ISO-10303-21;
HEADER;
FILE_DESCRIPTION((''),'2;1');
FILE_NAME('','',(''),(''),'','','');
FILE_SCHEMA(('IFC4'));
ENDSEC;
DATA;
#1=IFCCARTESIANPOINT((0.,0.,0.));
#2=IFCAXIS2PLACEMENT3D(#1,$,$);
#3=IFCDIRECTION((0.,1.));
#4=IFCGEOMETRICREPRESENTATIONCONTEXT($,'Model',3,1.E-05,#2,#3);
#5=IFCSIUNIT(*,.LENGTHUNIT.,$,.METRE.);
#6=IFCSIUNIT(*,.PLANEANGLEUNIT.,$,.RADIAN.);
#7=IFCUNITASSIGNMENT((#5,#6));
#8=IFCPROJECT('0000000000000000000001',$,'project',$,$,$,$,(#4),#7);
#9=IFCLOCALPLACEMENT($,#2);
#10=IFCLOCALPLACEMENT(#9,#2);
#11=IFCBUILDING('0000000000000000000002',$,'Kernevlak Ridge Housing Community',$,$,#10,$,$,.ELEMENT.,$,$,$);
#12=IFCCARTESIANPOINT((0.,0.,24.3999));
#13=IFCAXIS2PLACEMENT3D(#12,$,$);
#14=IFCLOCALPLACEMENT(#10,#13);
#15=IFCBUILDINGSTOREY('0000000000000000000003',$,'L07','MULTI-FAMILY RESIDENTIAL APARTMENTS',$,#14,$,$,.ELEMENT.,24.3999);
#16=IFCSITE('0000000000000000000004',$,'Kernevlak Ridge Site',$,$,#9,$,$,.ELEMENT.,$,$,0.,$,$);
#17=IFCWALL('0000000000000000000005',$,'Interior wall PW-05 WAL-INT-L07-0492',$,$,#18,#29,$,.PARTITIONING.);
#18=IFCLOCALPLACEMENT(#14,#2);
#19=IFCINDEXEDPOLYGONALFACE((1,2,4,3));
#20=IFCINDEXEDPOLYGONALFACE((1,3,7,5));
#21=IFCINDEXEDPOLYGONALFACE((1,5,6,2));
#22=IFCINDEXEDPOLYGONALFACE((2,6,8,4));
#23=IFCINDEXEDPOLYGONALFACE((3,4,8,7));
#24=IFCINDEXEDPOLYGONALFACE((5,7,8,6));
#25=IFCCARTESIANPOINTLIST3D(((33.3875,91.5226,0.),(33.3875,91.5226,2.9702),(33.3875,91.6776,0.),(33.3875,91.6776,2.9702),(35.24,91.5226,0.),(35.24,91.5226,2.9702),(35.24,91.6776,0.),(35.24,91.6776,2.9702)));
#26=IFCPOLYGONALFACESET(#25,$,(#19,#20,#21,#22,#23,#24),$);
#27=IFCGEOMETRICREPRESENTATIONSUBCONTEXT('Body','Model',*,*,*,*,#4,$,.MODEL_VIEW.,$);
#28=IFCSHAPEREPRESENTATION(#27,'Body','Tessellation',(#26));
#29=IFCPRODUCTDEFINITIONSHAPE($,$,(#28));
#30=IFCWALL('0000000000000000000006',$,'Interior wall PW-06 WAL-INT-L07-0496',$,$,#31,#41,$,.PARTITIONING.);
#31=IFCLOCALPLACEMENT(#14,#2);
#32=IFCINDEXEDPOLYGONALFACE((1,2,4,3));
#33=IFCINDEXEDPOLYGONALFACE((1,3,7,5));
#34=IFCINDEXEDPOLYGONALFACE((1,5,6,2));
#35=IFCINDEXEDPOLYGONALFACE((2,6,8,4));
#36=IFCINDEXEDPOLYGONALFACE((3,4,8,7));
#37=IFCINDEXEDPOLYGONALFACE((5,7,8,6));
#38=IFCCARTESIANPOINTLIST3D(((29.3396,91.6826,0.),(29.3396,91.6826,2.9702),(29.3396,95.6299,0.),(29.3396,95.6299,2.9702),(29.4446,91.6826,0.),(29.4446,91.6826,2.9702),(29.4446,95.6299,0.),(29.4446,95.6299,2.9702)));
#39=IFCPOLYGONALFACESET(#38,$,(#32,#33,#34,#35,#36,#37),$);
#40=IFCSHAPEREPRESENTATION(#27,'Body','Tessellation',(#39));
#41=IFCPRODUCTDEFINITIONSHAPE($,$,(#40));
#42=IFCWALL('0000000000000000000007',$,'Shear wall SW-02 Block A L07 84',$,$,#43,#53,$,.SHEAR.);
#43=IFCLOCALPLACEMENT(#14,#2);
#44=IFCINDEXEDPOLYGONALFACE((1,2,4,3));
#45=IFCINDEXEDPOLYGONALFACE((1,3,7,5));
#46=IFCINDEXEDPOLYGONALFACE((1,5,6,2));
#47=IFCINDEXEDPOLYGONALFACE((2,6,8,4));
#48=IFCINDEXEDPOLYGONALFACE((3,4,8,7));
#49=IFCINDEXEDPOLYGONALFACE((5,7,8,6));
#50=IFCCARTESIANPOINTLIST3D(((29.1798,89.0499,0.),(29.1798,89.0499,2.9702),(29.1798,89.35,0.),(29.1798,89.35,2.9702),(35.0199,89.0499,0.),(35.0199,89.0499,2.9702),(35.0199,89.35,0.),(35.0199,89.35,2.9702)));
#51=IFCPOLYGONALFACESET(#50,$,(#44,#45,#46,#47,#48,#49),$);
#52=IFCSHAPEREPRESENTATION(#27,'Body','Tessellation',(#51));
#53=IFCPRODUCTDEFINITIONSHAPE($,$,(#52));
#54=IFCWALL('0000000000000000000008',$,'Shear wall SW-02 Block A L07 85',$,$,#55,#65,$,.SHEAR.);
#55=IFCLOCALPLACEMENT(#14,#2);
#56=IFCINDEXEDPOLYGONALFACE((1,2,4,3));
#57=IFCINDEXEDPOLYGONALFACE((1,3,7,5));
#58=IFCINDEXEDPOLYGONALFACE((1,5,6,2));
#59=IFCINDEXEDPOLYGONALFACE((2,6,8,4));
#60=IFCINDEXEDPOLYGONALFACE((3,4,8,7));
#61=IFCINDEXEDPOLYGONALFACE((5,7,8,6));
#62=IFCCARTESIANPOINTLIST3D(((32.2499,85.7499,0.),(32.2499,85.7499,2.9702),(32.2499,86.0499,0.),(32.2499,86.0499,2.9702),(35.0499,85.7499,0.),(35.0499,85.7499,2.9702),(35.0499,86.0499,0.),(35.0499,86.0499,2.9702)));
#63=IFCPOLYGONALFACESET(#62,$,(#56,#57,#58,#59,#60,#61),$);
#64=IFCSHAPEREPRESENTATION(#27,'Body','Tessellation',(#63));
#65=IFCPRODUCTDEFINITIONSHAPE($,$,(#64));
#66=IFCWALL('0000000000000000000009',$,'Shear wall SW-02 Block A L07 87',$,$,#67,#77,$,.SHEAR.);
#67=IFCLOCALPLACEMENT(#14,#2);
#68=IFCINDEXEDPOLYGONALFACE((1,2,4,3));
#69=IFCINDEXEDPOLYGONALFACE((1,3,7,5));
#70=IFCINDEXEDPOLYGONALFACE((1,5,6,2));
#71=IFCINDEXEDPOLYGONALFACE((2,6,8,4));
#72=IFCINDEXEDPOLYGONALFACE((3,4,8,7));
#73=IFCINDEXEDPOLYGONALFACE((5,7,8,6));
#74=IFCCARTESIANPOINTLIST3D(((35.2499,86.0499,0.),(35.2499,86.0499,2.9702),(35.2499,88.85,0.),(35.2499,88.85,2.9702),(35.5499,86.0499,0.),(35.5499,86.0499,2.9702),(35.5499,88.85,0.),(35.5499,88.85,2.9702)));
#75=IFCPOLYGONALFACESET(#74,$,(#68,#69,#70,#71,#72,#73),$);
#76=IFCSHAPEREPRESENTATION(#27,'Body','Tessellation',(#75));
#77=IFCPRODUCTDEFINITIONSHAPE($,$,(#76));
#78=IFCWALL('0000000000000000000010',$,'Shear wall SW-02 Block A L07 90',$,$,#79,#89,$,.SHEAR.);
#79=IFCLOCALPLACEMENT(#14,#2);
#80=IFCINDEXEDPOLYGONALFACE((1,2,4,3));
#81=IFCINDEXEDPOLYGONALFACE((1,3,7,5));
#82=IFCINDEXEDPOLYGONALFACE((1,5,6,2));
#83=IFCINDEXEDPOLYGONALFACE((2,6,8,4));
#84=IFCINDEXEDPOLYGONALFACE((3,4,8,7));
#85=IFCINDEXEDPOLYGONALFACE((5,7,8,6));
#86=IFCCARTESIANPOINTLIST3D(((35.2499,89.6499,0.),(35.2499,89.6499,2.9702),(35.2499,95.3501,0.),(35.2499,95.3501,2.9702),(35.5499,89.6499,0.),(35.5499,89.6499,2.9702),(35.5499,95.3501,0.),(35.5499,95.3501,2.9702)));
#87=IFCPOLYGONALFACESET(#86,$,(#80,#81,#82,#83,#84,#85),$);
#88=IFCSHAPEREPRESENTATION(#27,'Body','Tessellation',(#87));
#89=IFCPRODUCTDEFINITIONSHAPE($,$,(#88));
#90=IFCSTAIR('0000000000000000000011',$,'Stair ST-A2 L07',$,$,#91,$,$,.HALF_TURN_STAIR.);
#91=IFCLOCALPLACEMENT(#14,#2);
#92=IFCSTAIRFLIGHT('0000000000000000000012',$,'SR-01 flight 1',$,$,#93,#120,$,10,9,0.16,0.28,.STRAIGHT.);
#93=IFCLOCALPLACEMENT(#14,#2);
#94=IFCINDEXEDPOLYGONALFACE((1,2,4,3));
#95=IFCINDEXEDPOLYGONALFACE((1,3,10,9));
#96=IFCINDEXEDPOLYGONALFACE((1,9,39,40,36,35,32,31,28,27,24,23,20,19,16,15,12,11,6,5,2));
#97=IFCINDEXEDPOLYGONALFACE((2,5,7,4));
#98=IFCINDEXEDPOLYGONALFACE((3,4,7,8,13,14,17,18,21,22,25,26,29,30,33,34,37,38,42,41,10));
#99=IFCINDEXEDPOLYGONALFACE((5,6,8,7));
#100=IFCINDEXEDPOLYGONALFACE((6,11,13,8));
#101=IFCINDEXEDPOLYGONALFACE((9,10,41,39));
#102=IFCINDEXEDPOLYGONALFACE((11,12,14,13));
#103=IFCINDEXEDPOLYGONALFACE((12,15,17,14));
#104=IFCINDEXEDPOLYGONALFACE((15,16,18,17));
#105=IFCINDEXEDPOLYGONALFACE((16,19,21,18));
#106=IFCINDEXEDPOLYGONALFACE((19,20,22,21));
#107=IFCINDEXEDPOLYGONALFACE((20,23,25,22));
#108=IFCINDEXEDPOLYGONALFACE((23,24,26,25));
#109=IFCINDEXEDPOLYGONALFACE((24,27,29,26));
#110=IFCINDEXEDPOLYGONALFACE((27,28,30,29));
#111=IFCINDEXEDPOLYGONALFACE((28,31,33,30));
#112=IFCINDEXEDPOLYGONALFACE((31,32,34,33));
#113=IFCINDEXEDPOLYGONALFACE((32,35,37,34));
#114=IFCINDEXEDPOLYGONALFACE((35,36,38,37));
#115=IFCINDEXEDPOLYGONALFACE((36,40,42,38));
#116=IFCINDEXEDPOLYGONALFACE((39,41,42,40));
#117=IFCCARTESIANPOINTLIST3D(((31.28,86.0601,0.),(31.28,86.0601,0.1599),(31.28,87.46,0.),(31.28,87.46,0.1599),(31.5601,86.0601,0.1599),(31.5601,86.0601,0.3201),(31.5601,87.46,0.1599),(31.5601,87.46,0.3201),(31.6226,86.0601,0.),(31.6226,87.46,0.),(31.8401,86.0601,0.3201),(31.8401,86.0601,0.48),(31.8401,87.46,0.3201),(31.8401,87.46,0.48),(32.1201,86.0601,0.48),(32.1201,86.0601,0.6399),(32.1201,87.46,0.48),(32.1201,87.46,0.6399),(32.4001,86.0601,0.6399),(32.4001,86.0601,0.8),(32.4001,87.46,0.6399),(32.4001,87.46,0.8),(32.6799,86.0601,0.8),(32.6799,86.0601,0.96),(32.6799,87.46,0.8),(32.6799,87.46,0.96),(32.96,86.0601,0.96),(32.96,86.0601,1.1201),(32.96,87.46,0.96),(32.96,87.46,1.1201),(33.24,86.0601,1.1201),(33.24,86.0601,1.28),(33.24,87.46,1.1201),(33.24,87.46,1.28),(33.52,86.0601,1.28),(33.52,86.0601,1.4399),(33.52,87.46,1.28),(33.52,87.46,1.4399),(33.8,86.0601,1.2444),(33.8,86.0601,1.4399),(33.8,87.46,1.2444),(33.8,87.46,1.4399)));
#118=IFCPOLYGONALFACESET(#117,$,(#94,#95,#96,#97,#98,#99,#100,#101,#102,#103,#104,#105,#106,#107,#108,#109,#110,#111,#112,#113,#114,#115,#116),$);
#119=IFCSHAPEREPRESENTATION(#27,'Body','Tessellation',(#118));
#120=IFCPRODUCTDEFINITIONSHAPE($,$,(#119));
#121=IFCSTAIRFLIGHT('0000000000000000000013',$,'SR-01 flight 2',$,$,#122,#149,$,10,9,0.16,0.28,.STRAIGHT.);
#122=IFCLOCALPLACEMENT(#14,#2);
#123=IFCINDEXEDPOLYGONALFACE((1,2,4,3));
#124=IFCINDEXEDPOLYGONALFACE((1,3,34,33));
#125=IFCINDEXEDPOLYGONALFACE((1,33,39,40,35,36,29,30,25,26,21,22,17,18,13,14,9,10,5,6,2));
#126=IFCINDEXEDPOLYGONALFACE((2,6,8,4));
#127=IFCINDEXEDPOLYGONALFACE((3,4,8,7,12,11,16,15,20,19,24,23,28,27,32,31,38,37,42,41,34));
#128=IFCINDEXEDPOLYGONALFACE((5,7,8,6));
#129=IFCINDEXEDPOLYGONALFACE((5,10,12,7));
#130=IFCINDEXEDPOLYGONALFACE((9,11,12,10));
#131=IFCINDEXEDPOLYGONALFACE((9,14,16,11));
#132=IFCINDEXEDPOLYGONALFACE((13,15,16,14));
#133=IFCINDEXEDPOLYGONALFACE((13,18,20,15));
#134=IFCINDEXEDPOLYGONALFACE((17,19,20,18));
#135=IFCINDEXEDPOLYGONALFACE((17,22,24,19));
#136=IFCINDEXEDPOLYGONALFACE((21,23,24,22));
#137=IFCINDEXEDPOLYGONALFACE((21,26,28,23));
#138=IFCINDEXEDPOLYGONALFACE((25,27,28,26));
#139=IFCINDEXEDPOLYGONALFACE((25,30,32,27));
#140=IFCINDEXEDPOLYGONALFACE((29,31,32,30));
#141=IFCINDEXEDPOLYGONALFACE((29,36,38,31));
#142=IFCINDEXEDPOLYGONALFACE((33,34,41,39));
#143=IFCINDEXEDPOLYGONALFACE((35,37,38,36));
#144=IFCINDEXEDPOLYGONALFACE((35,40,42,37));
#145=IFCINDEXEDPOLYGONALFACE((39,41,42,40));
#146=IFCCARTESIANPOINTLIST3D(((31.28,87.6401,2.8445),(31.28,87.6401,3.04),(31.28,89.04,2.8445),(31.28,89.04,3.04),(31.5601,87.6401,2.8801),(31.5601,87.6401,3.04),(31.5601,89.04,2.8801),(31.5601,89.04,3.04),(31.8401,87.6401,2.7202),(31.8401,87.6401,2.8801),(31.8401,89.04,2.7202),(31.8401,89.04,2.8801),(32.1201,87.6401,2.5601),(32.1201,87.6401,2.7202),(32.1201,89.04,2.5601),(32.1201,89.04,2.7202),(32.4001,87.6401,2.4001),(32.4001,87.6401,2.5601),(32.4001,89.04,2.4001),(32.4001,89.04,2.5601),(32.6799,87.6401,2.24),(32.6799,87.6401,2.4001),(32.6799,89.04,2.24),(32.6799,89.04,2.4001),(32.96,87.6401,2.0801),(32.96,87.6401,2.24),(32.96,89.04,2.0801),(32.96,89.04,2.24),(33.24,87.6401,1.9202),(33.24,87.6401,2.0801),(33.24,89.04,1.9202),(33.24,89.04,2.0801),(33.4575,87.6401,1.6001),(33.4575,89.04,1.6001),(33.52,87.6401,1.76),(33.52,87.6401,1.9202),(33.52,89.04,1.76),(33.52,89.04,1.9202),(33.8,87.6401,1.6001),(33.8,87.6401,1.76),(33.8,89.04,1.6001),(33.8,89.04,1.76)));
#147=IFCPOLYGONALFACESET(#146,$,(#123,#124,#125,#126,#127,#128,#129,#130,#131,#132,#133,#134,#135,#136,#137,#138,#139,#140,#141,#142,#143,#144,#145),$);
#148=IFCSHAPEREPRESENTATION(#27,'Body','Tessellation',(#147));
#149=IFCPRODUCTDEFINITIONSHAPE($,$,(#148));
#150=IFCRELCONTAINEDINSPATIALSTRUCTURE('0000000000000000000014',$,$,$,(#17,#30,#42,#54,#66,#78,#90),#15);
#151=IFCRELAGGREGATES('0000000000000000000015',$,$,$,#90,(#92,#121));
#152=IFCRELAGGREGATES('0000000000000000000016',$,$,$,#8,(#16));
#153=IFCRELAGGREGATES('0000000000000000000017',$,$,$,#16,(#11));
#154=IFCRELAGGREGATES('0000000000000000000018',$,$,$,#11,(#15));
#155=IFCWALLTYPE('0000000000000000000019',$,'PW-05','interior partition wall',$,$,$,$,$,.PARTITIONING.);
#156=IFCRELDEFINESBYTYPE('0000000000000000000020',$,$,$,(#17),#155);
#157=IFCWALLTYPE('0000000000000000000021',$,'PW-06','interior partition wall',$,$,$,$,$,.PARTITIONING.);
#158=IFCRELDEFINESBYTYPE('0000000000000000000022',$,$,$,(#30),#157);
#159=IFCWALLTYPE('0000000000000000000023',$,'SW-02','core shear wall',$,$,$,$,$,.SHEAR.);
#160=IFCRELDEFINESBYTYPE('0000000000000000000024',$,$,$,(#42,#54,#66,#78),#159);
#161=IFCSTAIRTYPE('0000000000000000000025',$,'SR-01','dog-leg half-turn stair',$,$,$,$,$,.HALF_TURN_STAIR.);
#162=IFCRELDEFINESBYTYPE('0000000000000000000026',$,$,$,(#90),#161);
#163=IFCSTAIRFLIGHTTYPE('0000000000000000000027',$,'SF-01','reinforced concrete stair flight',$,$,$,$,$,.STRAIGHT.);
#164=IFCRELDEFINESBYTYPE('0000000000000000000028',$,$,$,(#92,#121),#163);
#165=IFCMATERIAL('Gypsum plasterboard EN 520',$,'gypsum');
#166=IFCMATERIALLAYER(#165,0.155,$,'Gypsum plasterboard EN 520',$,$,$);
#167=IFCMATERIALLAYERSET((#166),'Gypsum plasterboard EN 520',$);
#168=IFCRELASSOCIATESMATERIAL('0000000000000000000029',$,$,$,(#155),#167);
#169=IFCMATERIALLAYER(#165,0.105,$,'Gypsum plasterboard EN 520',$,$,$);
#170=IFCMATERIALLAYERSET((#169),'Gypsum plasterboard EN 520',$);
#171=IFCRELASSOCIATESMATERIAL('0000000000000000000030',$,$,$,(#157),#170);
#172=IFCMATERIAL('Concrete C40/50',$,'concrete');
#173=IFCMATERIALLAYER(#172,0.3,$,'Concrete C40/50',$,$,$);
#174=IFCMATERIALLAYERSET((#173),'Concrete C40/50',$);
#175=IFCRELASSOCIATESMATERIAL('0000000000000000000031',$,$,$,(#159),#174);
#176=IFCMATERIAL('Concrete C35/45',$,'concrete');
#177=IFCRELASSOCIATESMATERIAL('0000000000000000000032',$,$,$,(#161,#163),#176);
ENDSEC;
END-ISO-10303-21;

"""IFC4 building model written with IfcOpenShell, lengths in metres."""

from ifc_helpers import new_model, si_unit, direction, frame, frame_2d, origin, place, context, subcontext, project, spatial, polyline, rectangle, outline, extrude, material, layer, layer_set, type_object, element, aggregate, save


model = new_model("IFC4")

# Units and contexts
model_context = context("Model", 3, precision=1e-05, world=origin(), true_north=direction((0.0, 1.0)))
body_context = subcontext(model_context, "Body", "Model", "MODEL_VIEW")
ifc_project = project(units=[si_unit("LENGTHUNIT", "METRE"), si_unit("PLANEANGLEUNIT", "RADIAN")], contexts=[model_context])

# Site, building, storey
site_placement = place(None, origin())
site = spatial("IfcSite", under=ifc_project, at=site_placement, Name="Kernevlak Ridge Site", CompositionType="ELEMENT", RefElevation=0.0)
building_placement = place(site_placement, origin())
building = spatial("IfcBuilding", under=site, at=building_placement, Name="Kernevlak Ridge Housing Community", CompositionType="ELEMENT")
storey_placement = place(building_placement, frame((0.0, 0.0, 24.3999)))
storey = spatial("IfcBuildingStorey", under=building, at=storey_placement, Name="L07", Description="MULTI-FAMILY RESIDENTIAL APARTMENTS", CompositionType="ELEMENT", Elevation=24.3999)

# Shared definitions
ifc_material_1 = material(Name="Concrete C40/50", Category="concrete")

# Shared definitions
ifc_material_2 = material(Name="Concrete C35/45", Category="concrete")

# Shared definitions
ifc_material_3 = material(Name="Gypsum plasterboard EN 520", Category="gypsum")

# Shared definitions
ifc_layer_1 = layer(ifc_material_3, 0.155, Name="Gypsum plasterboard EN 520")
ifc_layer_set_1 = layer_set([ifc_layer_1], Name="Gypsum plasterboard EN 520")
wall_type_1 = type_object("IfcWallType", Name="PW-05", Description="interior partition wall", PredefinedType="PARTITIONING", material=ifc_layer_set_1)

# Walls
wall_1_placement = place(storey_placement, frame((33.3875, 91.6001, 0.0), z_axis=(0.0, 0.0, 1.0), x_axis=(1.0, 0.0, 0.0)))
element("IfcWall", 1, at=wall_1_placement, inside=storey, type_object=wall_type_1, Name="Interior wall PW-05 WAL-INT-L07-0492", PredefinedType="PARTITIONING", context=body_context, shape_type="SweptSolid", body=[
    extrude(rectangle(XDim=1.8525, YDim=0.155, at=frame_2d((0.9263, 0.0))), origin(), (0.0, 0.0, 1.0), 2.9702),
])
ifc_layer_2 = layer(ifc_material_3, 0.105, Name="Gypsum plasterboard EN 520")
ifc_layer_set_2 = layer_set([ifc_layer_2], Name="Gypsum plasterboard EN 520")
wall_type_2 = type_object("IfcWallType", Name="PW-06", Description="interior partition wall", PredefinedType="PARTITIONING", material=ifc_layer_set_2)
wall_2_placement = place(storey_placement, frame((29.3921, 91.6826, 0.0), z_axis=(0.0, 0.0, 1.0), x_axis=(0.0, 1.0, 0.0)))
element("IfcWall", 2, at=wall_2_placement, inside=storey, type_object=wall_type_2, Name="Interior wall PW-06 WAL-INT-L07-0496", PredefinedType="PARTITIONING", context=body_context, shape_type="SweptSolid", body=[
    extrude(rectangle(XDim=3.9473, YDim=0.105, at=frame_2d((1.9736, 0.0))), origin(), (0.0, 0.0, 1.0), 2.9702),
])
ifc_layer_3 = layer(ifc_material_1, 0.3, Name="Concrete C40/50")
ifc_layer_set_3 = layer_set([ifc_layer_3], Name="Concrete C40/50")
wall_type_3 = type_object("IfcWallType", Name="SW-02", Description="core shear wall", PredefinedType="SHEAR", material=ifc_layer_set_3)
wall_3_placement = place(storey_placement, frame((29.1799, 89.2, 0.0), z_axis=(0.0, 0.0, 1.0), x_axis=(1.0, 0.0, 0.0)))
element("IfcWall", 3, at=wall_3_placement, inside=storey, type_object=wall_type_3, Name="Shear wall SW-02 Block A L07 84", PredefinedType="SHEAR", context=body_context, shape_type="SweptSolid", body=[
    extrude(rectangle(XDim=5.8401, YDim=0.3, at=frame_2d((2.9199, 0.0))), origin(), (0.0, 0.0, 1.0), 2.9702),
])
for number, where, z_axis, x_axis, name in (
    (4, (32.25, 85.8999, 0.0), (0.0, 0.0, 1.0), (1.0, 0.0, 0.0), "Shear wall SW-02 Block A L07 85"),
    (5, (35.3999, 86.05, 0.0), (0.0, 0.0, 1.0), (0.0, 1.0, 0.0), "Shear wall SW-02 Block A L07 87"),
):
    element("IfcWall", number, at=place(storey_placement, frame(where, z_axis=z_axis, x_axis=x_axis)), inside=storey, type_object=wall_type_3, Name=name, PredefinedType="SHEAR", context=body_context, shape_type="SweptSolid", body=[
        extrude(rectangle(XDim=2.8, YDim=0.3, at=frame_2d((1.3999, 0.0))), origin(), (0.0, 0.0, 1.0), 2.9702),
    ])
wall_4_placement = place(storey_placement, frame((35.3999, 89.6499, 0.0), z_axis=(0.0, 0.0, 1.0), x_axis=(0.0, 1.0, 0.0)))
element("IfcWall", 6, at=wall_4_placement, inside=storey, type_object=wall_type_3, Name="Shear wall SW-02 Block A L07 90", PredefinedType="SHEAR", context=body_context, shape_type="SweptSolid", body=[
    extrude(rectangle(XDim=5.7002, YDim=0.3, at=frame_2d((2.8501, 0.0))), origin(), (0.0, 0.0, 1.0), 2.9702),
])

# Stair, stair flights
stair_type = type_object("IfcStairType", Name="SR-01", Description="dog-leg half-turn stair", PredefinedType="HALF_TURN_STAIR", material=ifc_material_2)
stair_placement = place(storey_placement, origin())
stair = element("IfcStair", 7, at=stair_placement, inside=storey, type_object=stair_type, Name="Stair ST-A2 L07", PredefinedType="HALF_TURN_STAIR")
stair_flight_type = type_object("IfcStairFlightType", Name="SF-01", Description="reinforced concrete stair flight", PredefinedType="STRAIGHT", material=ifc_material_2)
stair_flight_1_placement = place(storey_placement, frame((31.28, 86.76, 0.0), z_axis=(0.0, 0.0, 1.0), x_axis=(1.0, 0.0, 0.0)))
stair_flight_1 = element("IfcStairFlight", 8, at=stair_flight_1_placement, type_object=stair_flight_type, Name="SR-01 flight 1", NumberOfRisers=10, NumberOfTreads=9, PredefinedType="STRAIGHT", RiserHeight=0.16, TreadLength=0.28, context=body_context, shape_type="SweptSolid", body=[
    extrude(outline(polyline([(0.0, 0.0), (0.0, 0.1599), (0.28, 0.1599), (0.28, 0.3201), (0.5601, 0.3201), (0.5601, 0.48), (0.8401, 0.48), (0.8401, 0.6399), (1.1201, 0.6399), (1.1201, 0.8), (1.3999, 0.8), (1.3999, 0.96), (1.6799, 0.96), (1.6799, 1.1201), (1.96, 1.1201), (1.96, 1.28), (2.24, 1.28), (2.24, 1.4399), (2.52, 1.4399), (2.52, 1.6001), (2.52, 1.2444), (0.3425, 0.0), (0.0, 0.0)])), frame((0.0, 0.7, 0.0), z_axis=(0.0, -1.0, 0.0), x_axis=(1.0, 0.0, 0.0)), (0.0, 0.0, 1.0), 1.3999),
])
stair_flight_2_placement = place(storey_placement, frame((33.8, 88.3401, 1.6001), z_axis=(0.0, 0.0, 1.0), x_axis=(-1.0, 0.0, 0.0)))
stair_flight_2 = element("IfcStairFlight", 9, at=stair_flight_2_placement, type_object=stair_flight_type, Name="SR-01 flight 2", NumberOfRisers=10, NumberOfTreads=9, PredefinedType="STRAIGHT", RiserHeight=0.16, TreadLength=0.28, context=body_context, shape_type="SweptSolid", body=[
    extrude(outline(polyline([(0.0, 0.0), (0.0, 0.1599), (0.28, 0.1599), (0.28, 0.3201), (0.5601, 0.3201), (0.5601, 0.48), (0.8401, 0.48), (0.8401, 0.6399), (1.1201, 0.6399), (1.1201, 0.8), (1.3999, 0.8), (1.3999, 0.96), (1.6799, 0.96), (1.6799, 1.1201), (1.96, 1.1201), (1.96, 1.28), (2.24, 1.28), (2.24, 1.4399), (2.52, 1.4399), (2.52, 1.6001), (2.52, 1.2444), (0.3425, 0.0), (0.0, 0.0)])), frame((0.0, 0.7, 0.0), z_axis=(0.0, -1.0, 0.0), x_axis=(1.0, 0.0, 0.0)), (0.0, 0.0, 1.0), 1.3999),
])
aggregate(stair, [stair_flight_1, stair_flight_2])

save(model, "model.ifc")
